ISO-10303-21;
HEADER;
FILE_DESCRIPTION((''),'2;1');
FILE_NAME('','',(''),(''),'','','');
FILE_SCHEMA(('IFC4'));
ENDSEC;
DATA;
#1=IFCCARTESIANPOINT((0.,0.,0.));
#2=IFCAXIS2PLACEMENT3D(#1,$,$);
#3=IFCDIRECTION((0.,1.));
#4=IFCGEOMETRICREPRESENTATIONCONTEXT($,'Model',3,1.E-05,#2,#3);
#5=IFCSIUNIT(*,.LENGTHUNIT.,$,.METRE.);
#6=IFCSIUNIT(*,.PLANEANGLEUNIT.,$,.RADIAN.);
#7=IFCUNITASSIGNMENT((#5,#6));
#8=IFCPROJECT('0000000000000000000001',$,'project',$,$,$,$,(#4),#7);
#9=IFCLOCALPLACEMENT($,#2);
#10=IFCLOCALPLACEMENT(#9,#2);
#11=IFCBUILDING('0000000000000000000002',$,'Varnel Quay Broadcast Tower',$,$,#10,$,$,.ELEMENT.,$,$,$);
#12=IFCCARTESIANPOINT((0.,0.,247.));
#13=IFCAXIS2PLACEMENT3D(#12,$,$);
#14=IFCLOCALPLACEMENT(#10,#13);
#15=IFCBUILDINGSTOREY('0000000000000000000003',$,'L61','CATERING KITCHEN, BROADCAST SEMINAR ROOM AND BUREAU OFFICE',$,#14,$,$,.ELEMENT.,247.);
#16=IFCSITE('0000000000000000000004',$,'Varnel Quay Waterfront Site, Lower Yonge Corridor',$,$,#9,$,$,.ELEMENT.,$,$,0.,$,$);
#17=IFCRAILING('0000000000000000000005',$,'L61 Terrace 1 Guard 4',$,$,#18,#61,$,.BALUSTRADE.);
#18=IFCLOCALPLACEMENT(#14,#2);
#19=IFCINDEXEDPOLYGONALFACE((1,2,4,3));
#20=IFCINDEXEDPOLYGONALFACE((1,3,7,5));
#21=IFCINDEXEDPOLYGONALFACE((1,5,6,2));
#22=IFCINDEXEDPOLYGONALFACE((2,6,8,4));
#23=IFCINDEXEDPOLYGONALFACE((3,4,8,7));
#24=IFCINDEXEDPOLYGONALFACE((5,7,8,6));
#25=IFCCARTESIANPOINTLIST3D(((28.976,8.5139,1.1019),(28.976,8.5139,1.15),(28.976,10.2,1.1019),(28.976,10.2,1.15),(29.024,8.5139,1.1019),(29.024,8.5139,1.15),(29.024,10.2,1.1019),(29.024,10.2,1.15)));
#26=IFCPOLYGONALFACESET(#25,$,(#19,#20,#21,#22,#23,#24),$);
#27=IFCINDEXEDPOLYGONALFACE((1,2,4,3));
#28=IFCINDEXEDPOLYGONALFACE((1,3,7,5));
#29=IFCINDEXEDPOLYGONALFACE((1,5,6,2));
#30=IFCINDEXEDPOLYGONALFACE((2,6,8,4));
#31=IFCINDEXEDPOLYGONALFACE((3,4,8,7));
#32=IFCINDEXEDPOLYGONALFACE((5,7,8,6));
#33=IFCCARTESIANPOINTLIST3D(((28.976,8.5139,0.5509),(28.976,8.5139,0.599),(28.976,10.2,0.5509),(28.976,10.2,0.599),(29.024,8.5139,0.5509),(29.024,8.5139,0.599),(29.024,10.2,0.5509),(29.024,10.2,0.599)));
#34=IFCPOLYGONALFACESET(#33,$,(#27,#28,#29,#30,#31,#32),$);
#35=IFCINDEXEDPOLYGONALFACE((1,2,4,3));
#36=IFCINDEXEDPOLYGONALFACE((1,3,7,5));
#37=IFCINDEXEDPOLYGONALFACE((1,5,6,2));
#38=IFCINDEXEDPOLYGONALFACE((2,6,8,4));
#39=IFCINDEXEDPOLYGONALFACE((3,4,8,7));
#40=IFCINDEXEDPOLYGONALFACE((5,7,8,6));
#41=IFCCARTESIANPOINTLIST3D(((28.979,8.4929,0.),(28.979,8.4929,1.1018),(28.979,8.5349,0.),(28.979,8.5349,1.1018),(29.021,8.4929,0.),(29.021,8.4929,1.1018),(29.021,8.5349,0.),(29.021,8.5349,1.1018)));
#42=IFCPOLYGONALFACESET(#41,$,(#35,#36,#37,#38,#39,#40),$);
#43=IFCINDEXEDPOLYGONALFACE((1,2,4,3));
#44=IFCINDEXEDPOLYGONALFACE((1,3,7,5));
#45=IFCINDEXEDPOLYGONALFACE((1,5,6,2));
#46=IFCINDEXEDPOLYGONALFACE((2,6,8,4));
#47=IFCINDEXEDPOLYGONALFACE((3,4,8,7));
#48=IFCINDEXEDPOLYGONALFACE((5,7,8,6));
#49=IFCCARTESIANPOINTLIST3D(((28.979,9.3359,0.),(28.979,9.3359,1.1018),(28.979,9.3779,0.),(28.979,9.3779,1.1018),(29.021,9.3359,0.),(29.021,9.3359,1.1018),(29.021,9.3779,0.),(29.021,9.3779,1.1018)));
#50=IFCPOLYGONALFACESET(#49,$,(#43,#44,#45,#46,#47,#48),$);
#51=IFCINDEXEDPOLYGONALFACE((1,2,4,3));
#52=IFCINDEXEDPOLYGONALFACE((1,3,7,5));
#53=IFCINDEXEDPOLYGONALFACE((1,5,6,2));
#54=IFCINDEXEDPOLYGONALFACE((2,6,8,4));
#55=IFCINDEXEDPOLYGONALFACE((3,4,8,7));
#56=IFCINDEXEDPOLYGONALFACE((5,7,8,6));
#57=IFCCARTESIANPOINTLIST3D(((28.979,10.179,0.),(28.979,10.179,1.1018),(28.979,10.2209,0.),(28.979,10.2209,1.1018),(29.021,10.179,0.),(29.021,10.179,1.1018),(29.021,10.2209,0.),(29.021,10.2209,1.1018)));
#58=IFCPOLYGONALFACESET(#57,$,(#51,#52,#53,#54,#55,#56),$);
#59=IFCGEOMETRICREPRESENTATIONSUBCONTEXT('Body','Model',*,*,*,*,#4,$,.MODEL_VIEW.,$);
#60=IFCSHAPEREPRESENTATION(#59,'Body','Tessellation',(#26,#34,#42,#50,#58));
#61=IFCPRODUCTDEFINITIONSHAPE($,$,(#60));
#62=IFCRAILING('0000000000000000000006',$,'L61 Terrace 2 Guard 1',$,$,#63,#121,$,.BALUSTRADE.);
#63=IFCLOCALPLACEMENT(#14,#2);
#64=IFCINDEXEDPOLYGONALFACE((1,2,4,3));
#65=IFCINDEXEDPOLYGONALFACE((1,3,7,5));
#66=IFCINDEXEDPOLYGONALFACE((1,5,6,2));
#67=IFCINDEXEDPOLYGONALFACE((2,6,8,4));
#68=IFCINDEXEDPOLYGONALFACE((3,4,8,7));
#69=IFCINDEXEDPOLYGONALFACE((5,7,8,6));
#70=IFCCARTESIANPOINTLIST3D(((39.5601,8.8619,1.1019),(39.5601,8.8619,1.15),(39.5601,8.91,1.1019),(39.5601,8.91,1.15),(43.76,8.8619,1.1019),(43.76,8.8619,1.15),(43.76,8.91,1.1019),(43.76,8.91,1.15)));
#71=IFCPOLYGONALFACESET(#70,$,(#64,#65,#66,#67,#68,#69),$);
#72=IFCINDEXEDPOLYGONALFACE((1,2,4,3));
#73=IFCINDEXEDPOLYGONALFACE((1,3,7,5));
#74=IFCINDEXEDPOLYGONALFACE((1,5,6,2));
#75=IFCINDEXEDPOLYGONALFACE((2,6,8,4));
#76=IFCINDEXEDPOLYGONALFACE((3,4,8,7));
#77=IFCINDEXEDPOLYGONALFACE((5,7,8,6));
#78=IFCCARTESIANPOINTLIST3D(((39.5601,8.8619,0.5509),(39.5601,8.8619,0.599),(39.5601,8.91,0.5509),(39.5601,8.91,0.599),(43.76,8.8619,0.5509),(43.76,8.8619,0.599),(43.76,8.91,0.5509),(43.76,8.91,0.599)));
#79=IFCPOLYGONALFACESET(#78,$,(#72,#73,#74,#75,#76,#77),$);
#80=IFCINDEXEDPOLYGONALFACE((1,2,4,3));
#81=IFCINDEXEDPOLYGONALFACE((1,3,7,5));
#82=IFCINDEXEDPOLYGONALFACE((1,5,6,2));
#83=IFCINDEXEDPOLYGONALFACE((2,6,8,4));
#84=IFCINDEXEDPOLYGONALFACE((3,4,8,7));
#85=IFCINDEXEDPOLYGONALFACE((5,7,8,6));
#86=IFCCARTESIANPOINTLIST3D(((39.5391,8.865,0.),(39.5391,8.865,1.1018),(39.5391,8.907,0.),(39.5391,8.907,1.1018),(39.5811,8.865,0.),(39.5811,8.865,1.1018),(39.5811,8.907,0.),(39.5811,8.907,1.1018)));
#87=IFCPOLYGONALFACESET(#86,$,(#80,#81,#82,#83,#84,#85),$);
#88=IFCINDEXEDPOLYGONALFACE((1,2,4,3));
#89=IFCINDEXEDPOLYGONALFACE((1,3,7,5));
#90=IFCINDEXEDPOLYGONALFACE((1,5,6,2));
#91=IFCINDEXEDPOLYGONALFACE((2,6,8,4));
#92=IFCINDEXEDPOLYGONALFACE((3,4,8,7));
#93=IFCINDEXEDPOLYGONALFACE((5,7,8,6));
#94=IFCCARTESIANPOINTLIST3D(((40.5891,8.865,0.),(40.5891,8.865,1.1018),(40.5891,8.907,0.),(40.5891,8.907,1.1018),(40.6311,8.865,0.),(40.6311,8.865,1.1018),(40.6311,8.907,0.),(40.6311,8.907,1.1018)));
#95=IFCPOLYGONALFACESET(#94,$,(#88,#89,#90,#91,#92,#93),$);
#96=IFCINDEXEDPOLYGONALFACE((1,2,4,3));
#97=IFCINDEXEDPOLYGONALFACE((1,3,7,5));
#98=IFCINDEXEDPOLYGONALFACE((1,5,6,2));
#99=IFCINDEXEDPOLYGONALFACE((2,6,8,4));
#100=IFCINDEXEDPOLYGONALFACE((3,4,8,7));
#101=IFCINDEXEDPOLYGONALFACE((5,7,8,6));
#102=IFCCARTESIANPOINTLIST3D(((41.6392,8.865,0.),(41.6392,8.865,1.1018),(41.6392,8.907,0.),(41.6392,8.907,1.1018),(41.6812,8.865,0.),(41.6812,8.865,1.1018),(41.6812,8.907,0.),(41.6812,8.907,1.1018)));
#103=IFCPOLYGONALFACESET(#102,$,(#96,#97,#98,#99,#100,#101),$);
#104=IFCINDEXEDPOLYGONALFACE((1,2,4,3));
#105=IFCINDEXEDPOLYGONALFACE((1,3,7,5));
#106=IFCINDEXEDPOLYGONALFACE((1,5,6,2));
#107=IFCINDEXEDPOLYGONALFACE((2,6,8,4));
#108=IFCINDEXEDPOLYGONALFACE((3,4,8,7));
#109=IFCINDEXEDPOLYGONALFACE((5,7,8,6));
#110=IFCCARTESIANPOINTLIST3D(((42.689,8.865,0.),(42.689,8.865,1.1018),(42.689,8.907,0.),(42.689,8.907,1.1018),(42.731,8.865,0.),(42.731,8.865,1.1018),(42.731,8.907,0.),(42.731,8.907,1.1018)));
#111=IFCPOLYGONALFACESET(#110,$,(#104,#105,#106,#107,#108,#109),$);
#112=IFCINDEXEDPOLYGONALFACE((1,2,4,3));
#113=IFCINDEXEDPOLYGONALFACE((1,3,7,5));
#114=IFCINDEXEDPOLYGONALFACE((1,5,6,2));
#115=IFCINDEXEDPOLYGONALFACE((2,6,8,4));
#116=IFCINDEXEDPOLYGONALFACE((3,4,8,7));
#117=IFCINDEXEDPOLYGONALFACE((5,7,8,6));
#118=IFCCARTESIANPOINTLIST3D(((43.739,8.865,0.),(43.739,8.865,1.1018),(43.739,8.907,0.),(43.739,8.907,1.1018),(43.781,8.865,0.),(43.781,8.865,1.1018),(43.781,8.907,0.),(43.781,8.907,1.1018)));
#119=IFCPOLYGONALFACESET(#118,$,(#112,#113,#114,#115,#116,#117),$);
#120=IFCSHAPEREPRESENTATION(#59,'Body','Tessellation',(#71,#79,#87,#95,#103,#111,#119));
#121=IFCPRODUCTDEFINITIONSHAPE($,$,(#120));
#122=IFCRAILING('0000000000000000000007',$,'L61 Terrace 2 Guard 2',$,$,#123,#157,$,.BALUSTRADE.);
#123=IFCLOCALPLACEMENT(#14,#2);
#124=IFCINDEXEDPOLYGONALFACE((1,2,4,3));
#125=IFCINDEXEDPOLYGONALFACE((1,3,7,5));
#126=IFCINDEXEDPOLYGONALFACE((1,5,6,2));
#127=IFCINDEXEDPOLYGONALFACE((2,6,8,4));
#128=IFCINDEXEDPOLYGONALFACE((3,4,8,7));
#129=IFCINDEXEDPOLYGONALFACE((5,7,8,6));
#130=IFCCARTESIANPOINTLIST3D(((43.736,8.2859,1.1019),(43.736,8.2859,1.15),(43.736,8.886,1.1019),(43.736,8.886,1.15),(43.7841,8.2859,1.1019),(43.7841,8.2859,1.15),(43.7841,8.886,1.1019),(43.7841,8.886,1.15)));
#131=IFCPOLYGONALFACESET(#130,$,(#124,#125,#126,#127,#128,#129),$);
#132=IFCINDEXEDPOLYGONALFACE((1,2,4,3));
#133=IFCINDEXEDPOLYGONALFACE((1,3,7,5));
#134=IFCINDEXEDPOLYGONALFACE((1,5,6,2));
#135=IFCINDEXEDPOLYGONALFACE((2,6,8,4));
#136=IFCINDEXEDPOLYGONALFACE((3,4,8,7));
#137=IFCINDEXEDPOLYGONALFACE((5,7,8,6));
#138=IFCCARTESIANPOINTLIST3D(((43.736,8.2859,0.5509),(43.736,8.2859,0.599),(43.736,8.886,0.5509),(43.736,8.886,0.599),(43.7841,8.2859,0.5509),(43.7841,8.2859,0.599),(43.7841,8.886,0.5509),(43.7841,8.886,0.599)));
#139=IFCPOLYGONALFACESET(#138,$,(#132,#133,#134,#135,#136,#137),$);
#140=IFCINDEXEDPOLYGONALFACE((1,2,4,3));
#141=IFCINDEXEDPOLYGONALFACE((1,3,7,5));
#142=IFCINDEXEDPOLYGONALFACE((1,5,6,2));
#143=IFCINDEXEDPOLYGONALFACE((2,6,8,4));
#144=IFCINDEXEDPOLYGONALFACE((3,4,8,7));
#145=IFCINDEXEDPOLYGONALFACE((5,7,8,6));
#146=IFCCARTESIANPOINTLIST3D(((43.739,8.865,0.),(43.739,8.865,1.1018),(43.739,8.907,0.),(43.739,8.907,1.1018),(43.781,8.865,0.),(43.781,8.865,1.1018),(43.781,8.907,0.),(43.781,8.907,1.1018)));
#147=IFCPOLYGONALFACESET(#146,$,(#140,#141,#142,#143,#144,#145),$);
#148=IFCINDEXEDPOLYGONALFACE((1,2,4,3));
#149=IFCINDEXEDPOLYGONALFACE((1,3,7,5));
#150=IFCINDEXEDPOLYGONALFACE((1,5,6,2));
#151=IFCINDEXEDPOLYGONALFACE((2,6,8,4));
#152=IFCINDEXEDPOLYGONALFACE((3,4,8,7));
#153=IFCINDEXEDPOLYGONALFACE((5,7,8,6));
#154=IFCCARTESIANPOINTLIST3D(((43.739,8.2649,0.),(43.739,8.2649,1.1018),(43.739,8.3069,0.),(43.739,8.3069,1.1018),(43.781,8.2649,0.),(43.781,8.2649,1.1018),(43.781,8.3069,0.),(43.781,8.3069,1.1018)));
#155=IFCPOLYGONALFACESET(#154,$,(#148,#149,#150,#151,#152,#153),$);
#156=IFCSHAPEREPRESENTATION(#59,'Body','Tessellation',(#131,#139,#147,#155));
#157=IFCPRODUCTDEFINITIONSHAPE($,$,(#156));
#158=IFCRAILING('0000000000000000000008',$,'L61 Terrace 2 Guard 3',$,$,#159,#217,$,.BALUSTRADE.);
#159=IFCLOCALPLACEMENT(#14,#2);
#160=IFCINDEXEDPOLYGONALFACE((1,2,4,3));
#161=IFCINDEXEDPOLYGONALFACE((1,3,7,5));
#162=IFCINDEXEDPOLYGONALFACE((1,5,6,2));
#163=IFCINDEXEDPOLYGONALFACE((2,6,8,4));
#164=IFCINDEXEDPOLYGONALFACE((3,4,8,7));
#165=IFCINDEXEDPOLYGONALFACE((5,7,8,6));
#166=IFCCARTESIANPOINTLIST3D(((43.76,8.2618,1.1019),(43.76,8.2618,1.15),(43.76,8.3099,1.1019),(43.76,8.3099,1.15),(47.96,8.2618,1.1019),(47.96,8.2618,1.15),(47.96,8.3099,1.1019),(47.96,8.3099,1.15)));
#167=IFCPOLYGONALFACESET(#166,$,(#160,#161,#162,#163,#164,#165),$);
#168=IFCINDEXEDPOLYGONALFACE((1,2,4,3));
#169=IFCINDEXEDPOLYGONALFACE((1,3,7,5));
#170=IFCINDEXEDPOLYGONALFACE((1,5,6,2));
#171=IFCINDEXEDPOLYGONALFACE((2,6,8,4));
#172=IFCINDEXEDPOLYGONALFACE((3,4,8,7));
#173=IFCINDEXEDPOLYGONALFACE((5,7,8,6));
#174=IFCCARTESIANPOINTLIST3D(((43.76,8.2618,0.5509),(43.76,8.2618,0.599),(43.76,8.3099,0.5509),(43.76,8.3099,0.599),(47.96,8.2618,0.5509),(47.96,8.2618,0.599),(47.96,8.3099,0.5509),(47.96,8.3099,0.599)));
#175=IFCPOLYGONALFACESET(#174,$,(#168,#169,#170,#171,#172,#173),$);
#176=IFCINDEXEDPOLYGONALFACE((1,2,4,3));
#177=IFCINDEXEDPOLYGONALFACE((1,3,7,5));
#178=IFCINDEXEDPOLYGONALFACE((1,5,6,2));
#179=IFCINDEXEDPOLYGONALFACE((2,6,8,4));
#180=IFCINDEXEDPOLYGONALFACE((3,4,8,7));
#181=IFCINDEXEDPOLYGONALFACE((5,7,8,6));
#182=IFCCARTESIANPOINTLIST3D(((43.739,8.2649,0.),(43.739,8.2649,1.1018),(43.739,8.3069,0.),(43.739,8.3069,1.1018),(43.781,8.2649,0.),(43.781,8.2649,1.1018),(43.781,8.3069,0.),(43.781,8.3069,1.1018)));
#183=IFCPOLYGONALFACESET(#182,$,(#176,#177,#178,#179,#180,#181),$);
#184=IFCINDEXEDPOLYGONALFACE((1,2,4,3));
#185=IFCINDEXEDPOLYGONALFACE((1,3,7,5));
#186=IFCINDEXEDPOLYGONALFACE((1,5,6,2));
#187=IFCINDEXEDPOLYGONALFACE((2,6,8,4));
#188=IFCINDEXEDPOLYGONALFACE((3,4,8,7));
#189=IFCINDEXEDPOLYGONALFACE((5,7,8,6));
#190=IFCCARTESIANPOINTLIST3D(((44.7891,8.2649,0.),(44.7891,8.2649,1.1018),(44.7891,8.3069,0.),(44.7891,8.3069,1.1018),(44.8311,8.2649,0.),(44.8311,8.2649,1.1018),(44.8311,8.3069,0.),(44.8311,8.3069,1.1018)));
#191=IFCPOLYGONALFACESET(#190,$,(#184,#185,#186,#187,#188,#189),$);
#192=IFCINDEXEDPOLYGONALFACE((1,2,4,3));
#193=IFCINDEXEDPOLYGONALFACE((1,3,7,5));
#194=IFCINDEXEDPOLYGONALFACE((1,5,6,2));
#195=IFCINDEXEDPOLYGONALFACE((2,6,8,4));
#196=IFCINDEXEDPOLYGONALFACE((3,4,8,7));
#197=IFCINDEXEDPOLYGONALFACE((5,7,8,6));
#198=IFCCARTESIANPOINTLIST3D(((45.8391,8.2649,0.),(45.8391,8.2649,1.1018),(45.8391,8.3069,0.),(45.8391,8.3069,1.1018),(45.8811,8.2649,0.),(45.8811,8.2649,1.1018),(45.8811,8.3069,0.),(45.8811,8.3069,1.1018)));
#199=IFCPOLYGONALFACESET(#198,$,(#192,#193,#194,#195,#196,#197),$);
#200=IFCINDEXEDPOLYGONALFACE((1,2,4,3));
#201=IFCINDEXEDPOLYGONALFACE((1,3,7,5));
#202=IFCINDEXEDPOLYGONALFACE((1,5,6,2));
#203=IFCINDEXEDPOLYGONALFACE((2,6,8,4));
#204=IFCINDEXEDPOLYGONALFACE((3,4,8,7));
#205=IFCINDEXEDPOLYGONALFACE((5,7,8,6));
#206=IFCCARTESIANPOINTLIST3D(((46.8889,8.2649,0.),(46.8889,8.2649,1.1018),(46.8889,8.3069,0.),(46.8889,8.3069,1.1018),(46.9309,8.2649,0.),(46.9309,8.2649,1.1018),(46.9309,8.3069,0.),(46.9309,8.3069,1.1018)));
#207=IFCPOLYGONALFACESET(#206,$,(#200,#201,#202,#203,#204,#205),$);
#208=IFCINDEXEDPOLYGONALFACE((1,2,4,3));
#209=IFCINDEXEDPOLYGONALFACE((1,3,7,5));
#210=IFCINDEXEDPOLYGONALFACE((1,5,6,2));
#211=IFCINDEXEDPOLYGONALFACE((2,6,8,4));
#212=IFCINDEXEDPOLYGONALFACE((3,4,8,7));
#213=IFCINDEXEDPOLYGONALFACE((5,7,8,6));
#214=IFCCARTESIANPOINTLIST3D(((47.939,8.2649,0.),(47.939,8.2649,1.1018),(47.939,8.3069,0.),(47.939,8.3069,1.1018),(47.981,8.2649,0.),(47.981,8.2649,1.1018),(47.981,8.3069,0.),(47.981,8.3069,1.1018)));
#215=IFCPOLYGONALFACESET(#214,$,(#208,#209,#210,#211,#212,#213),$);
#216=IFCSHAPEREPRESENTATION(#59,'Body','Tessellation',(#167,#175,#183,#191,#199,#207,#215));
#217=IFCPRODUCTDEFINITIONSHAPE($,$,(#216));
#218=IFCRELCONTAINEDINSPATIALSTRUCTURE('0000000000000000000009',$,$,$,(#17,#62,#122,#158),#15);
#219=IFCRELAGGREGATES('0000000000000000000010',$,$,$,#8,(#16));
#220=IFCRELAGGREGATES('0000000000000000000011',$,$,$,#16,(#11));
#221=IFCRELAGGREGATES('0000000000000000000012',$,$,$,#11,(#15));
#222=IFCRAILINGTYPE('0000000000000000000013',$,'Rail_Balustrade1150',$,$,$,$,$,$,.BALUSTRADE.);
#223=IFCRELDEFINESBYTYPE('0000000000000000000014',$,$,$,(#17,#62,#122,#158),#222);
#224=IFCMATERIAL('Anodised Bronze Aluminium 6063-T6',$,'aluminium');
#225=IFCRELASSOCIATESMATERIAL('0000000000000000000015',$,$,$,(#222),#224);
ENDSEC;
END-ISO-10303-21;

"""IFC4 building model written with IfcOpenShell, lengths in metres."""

from ifc_helpers import new_model, si_unit, direction, frame, origin, origin_2d, place, context, subcontext, project, spatial, rectangle, extrude, material, type_object, element, save


model = new_model("IFC4")

# Units and contexts
model_context = context("Model", 3, precision=1e-05, world=origin(), true_north=direction((0.0, 1.0)))
body_context = subcontext(model_context, "Body", "Model", "MODEL_VIEW")
ifc_project = project(units=[si_unit("LENGTHUNIT", "METRE"), si_unit("PLANEANGLEUNIT", "RADIAN")], contexts=[model_context])

# Site, building, storey
site_placement = place(None, origin())
site = spatial("IfcSite", under=ifc_project, at=site_placement, Name="Varnel Quay Waterfront Site, Lower Yonge Corridor", CompositionType="ELEMENT", RefElevation=0.0)
building_placement = place(site_placement, origin())
building = spatial("IfcBuilding", under=site, at=building_placement, Name="Varnel Quay Broadcast Tower", CompositionType="ELEMENT")
storey_placement = place(building_placement, frame((0.0, 0.0, 247.0)))
storey = spatial("IfcBuildingStorey", under=building, at=storey_placement, Name="L61", Description="CATERING KITCHEN, BROADCAST SEMINAR ROOM AND BUREAU OFFICE", CompositionType="ELEMENT", Elevation=247.0)

# Shared definitions
ifc_material_1 = material(Name="Anodised Bronze Aluminium 6063-T6", Category="aluminium")

# Railings
railing_type = type_object("IfcRailingType", Name="Rail_Balustrade1150", PredefinedType="BALUSTRADE", material=ifc_material_1)
railing_1_placement = place(storey_placement, frame((29.0, 8.5139, 0.0)))
element("IfcRailing", 1, at=railing_1_placement, inside=storey, type_object=railing_type, Name="L61 Terrace 1 Guard 4", PredefinedType="BALUSTRADE", context=body_context, shape_type="SweptSolid", body=[
    extrude(rectangle(XDim=0.0481, YDim=0.0481, at=origin_2d()), frame((0.0, 0.0, 1.126), z_axis=(0.0, 1.0, 0.0), x_axis=(-1.0, 0.0, 0.0)), (0.0, 0.0, 1.0), 1.686),
    extrude(rectangle(XDim=0.0481, YDim=0.0481, at=origin_2d()), frame((0.0, 0.0, 0.575), z_axis=(0.0, 1.0, 0.0), x_axis=(-1.0, 0.0, 0.0)), (0.0, 0.0, 1.0), 1.686),
    extrude(rectangle(XDim=0.042, YDim=0.042, at=origin_2d()), origin(), (0.0, 0.0, 1.0), 1.1018),
    extrude(rectangle(XDim=0.042, YDim=0.042, at=origin_2d()), frame((0.0, 0.843, 0.0)), (0.0, 0.0, 1.0), 1.1018),
    extrude(rectangle(XDim=0.042, YDim=0.042, at=origin_2d()), frame((0.0, 1.686, 0.0)), (0.0, 0.0, 1.0), 1.1018),
])
railing_2_placement = place(storey_placement, frame((39.5601, 8.886, 0.0)))
element("IfcRailing", 2, at=railing_2_placement, inside=storey, type_object=railing_type, Name="L61 Terrace 2 Guard 1", PredefinedType="BALUSTRADE", context=body_context, shape_type="SweptSolid", body=[
    extrude(rectangle(XDim=0.0481, YDim=0.0481, at=origin_2d()), frame((0.0, 0.0, 1.126), z_axis=(1.0, 0.0, 0.0), x_axis=(0.0, 1.0, 0.0)), (0.0, 0.0, 1.0), 4.2),
    extrude(rectangle(XDim=0.0481, YDim=0.0481, at=origin_2d()), frame((0.0, 0.0, 0.575), z_axis=(1.0, 0.0, 0.0), x_axis=(0.0, 1.0, 0.0)), (0.0, 0.0, 1.0), 4.2),
    extrude(rectangle(XDim=0.042, YDim=0.042, at=origin_2d()), origin(), (0.0, 0.0, 1.0), 1.1018),
    extrude(rectangle(XDim=0.042, YDim=0.042, at=origin_2d()), frame((1.05, 0.0, 0.0)), (0.0, 0.0, 1.0), 1.1018),
    extrude(rectangle(XDim=0.042, YDim=0.042, at=origin_2d()), frame((2.1001, 0.0, 0.0)), (0.0, 0.0, 1.0), 1.1018),
    extrude(rectangle(XDim=0.042, YDim=0.042, at=origin_2d()), frame((3.1499, 0.0, 0.0)), (0.0, 0.0, 1.0), 1.1018),
    extrude(rectangle(XDim=0.042, YDim=0.042, at=origin_2d()), frame((4.2, 0.0, 0.0)), (0.0, 0.0, 1.0), 1.1018),
])
railing_3_placement = place(storey_placement, frame((43.76, 8.886, 0.0)))
element("IfcRailing", 3, at=railing_3_placement, inside=storey, type_object=railing_type, Name="L61 Terrace 2 Guard 2", PredefinedType="BALUSTRADE", context=body_context, shape_type="SweptSolid", body=[
    extrude(rectangle(XDim=0.0481, YDim=0.0481, at=origin_2d()), frame((0.0, 0.0, 1.126), z_axis=(0.0, -1.0, 0.0), x_axis=(1.0, 0.0, 0.0)), (0.0, 0.0, 1.0), 0.6001),
    extrude(rectangle(XDim=0.0481, YDim=0.0481, at=origin_2d()), frame((0.0, 0.0, 0.575), z_axis=(0.0, -1.0, 0.0), x_axis=(1.0, 0.0, 0.0)), (0.0, 0.0, 1.0), 0.6001),
    extrude(rectangle(XDim=0.042, YDim=0.042, at=origin_2d()), origin(), (0.0, 0.0, 1.0), 1.1018),
    extrude(rectangle(XDim=0.042, YDim=0.042, at=origin_2d()), frame((0.0, -0.6001, 0.0)), (0.0, 0.0, 1.0), 1.1018),
])
railing_4_placement = place(storey_placement, frame((43.76, 8.2859, 0.0)))
element("IfcRailing", 4, at=railing_4_placement, inside=storey, type_object=railing_type, Name="L61 Terrace 2 Guard 3", PredefinedType="BALUSTRADE", context=body_context, shape_type="SweptSolid", body=[
    extrude(rectangle(XDim=0.0481, YDim=0.0481, at=origin_2d()), frame((0.0, 0.0, 1.126), z_axis=(1.0, 0.0, 0.0), x_axis=(0.0, 1.0, 0.0)), (0.0, 0.0, 1.0), 4.2),
    extrude(rectangle(XDim=0.0481, YDim=0.0481, at=origin_2d()), frame((0.0, 0.0, 0.575), z_axis=(1.0, 0.0, 0.0), x_axis=(0.0, 1.0, 0.0)), (0.0, 0.0, 1.0), 4.2),
    extrude(rectangle(XDim=0.042, YDim=0.042, at=origin_2d()), origin(), (0.0, 0.0, 1.0), 1.1018),
    extrude(rectangle(XDim=0.042, YDim=0.042, at=origin_2d()), frame((1.05, 0.0, 0.0)), (0.0, 0.0, 1.0), 1.1018),
    extrude(rectangle(XDim=0.042, YDim=0.042, at=origin_2d()), frame((2.1001, 0.0, 0.0)), (0.0, 0.0, 1.0), 1.1018),
    extrude(rectangle(XDim=0.042, YDim=0.042, at=origin_2d()), frame((3.1499, 0.0, 0.0)), (0.0, 0.0, 1.0), 1.1018),
    extrude(rectangle(XDim=0.042, YDim=0.042, at=origin_2d()), frame((4.2, 0.0, 0.0)), (0.0, 0.0, 1.0), 1.1018),
])

save(model, "model.ifc")
